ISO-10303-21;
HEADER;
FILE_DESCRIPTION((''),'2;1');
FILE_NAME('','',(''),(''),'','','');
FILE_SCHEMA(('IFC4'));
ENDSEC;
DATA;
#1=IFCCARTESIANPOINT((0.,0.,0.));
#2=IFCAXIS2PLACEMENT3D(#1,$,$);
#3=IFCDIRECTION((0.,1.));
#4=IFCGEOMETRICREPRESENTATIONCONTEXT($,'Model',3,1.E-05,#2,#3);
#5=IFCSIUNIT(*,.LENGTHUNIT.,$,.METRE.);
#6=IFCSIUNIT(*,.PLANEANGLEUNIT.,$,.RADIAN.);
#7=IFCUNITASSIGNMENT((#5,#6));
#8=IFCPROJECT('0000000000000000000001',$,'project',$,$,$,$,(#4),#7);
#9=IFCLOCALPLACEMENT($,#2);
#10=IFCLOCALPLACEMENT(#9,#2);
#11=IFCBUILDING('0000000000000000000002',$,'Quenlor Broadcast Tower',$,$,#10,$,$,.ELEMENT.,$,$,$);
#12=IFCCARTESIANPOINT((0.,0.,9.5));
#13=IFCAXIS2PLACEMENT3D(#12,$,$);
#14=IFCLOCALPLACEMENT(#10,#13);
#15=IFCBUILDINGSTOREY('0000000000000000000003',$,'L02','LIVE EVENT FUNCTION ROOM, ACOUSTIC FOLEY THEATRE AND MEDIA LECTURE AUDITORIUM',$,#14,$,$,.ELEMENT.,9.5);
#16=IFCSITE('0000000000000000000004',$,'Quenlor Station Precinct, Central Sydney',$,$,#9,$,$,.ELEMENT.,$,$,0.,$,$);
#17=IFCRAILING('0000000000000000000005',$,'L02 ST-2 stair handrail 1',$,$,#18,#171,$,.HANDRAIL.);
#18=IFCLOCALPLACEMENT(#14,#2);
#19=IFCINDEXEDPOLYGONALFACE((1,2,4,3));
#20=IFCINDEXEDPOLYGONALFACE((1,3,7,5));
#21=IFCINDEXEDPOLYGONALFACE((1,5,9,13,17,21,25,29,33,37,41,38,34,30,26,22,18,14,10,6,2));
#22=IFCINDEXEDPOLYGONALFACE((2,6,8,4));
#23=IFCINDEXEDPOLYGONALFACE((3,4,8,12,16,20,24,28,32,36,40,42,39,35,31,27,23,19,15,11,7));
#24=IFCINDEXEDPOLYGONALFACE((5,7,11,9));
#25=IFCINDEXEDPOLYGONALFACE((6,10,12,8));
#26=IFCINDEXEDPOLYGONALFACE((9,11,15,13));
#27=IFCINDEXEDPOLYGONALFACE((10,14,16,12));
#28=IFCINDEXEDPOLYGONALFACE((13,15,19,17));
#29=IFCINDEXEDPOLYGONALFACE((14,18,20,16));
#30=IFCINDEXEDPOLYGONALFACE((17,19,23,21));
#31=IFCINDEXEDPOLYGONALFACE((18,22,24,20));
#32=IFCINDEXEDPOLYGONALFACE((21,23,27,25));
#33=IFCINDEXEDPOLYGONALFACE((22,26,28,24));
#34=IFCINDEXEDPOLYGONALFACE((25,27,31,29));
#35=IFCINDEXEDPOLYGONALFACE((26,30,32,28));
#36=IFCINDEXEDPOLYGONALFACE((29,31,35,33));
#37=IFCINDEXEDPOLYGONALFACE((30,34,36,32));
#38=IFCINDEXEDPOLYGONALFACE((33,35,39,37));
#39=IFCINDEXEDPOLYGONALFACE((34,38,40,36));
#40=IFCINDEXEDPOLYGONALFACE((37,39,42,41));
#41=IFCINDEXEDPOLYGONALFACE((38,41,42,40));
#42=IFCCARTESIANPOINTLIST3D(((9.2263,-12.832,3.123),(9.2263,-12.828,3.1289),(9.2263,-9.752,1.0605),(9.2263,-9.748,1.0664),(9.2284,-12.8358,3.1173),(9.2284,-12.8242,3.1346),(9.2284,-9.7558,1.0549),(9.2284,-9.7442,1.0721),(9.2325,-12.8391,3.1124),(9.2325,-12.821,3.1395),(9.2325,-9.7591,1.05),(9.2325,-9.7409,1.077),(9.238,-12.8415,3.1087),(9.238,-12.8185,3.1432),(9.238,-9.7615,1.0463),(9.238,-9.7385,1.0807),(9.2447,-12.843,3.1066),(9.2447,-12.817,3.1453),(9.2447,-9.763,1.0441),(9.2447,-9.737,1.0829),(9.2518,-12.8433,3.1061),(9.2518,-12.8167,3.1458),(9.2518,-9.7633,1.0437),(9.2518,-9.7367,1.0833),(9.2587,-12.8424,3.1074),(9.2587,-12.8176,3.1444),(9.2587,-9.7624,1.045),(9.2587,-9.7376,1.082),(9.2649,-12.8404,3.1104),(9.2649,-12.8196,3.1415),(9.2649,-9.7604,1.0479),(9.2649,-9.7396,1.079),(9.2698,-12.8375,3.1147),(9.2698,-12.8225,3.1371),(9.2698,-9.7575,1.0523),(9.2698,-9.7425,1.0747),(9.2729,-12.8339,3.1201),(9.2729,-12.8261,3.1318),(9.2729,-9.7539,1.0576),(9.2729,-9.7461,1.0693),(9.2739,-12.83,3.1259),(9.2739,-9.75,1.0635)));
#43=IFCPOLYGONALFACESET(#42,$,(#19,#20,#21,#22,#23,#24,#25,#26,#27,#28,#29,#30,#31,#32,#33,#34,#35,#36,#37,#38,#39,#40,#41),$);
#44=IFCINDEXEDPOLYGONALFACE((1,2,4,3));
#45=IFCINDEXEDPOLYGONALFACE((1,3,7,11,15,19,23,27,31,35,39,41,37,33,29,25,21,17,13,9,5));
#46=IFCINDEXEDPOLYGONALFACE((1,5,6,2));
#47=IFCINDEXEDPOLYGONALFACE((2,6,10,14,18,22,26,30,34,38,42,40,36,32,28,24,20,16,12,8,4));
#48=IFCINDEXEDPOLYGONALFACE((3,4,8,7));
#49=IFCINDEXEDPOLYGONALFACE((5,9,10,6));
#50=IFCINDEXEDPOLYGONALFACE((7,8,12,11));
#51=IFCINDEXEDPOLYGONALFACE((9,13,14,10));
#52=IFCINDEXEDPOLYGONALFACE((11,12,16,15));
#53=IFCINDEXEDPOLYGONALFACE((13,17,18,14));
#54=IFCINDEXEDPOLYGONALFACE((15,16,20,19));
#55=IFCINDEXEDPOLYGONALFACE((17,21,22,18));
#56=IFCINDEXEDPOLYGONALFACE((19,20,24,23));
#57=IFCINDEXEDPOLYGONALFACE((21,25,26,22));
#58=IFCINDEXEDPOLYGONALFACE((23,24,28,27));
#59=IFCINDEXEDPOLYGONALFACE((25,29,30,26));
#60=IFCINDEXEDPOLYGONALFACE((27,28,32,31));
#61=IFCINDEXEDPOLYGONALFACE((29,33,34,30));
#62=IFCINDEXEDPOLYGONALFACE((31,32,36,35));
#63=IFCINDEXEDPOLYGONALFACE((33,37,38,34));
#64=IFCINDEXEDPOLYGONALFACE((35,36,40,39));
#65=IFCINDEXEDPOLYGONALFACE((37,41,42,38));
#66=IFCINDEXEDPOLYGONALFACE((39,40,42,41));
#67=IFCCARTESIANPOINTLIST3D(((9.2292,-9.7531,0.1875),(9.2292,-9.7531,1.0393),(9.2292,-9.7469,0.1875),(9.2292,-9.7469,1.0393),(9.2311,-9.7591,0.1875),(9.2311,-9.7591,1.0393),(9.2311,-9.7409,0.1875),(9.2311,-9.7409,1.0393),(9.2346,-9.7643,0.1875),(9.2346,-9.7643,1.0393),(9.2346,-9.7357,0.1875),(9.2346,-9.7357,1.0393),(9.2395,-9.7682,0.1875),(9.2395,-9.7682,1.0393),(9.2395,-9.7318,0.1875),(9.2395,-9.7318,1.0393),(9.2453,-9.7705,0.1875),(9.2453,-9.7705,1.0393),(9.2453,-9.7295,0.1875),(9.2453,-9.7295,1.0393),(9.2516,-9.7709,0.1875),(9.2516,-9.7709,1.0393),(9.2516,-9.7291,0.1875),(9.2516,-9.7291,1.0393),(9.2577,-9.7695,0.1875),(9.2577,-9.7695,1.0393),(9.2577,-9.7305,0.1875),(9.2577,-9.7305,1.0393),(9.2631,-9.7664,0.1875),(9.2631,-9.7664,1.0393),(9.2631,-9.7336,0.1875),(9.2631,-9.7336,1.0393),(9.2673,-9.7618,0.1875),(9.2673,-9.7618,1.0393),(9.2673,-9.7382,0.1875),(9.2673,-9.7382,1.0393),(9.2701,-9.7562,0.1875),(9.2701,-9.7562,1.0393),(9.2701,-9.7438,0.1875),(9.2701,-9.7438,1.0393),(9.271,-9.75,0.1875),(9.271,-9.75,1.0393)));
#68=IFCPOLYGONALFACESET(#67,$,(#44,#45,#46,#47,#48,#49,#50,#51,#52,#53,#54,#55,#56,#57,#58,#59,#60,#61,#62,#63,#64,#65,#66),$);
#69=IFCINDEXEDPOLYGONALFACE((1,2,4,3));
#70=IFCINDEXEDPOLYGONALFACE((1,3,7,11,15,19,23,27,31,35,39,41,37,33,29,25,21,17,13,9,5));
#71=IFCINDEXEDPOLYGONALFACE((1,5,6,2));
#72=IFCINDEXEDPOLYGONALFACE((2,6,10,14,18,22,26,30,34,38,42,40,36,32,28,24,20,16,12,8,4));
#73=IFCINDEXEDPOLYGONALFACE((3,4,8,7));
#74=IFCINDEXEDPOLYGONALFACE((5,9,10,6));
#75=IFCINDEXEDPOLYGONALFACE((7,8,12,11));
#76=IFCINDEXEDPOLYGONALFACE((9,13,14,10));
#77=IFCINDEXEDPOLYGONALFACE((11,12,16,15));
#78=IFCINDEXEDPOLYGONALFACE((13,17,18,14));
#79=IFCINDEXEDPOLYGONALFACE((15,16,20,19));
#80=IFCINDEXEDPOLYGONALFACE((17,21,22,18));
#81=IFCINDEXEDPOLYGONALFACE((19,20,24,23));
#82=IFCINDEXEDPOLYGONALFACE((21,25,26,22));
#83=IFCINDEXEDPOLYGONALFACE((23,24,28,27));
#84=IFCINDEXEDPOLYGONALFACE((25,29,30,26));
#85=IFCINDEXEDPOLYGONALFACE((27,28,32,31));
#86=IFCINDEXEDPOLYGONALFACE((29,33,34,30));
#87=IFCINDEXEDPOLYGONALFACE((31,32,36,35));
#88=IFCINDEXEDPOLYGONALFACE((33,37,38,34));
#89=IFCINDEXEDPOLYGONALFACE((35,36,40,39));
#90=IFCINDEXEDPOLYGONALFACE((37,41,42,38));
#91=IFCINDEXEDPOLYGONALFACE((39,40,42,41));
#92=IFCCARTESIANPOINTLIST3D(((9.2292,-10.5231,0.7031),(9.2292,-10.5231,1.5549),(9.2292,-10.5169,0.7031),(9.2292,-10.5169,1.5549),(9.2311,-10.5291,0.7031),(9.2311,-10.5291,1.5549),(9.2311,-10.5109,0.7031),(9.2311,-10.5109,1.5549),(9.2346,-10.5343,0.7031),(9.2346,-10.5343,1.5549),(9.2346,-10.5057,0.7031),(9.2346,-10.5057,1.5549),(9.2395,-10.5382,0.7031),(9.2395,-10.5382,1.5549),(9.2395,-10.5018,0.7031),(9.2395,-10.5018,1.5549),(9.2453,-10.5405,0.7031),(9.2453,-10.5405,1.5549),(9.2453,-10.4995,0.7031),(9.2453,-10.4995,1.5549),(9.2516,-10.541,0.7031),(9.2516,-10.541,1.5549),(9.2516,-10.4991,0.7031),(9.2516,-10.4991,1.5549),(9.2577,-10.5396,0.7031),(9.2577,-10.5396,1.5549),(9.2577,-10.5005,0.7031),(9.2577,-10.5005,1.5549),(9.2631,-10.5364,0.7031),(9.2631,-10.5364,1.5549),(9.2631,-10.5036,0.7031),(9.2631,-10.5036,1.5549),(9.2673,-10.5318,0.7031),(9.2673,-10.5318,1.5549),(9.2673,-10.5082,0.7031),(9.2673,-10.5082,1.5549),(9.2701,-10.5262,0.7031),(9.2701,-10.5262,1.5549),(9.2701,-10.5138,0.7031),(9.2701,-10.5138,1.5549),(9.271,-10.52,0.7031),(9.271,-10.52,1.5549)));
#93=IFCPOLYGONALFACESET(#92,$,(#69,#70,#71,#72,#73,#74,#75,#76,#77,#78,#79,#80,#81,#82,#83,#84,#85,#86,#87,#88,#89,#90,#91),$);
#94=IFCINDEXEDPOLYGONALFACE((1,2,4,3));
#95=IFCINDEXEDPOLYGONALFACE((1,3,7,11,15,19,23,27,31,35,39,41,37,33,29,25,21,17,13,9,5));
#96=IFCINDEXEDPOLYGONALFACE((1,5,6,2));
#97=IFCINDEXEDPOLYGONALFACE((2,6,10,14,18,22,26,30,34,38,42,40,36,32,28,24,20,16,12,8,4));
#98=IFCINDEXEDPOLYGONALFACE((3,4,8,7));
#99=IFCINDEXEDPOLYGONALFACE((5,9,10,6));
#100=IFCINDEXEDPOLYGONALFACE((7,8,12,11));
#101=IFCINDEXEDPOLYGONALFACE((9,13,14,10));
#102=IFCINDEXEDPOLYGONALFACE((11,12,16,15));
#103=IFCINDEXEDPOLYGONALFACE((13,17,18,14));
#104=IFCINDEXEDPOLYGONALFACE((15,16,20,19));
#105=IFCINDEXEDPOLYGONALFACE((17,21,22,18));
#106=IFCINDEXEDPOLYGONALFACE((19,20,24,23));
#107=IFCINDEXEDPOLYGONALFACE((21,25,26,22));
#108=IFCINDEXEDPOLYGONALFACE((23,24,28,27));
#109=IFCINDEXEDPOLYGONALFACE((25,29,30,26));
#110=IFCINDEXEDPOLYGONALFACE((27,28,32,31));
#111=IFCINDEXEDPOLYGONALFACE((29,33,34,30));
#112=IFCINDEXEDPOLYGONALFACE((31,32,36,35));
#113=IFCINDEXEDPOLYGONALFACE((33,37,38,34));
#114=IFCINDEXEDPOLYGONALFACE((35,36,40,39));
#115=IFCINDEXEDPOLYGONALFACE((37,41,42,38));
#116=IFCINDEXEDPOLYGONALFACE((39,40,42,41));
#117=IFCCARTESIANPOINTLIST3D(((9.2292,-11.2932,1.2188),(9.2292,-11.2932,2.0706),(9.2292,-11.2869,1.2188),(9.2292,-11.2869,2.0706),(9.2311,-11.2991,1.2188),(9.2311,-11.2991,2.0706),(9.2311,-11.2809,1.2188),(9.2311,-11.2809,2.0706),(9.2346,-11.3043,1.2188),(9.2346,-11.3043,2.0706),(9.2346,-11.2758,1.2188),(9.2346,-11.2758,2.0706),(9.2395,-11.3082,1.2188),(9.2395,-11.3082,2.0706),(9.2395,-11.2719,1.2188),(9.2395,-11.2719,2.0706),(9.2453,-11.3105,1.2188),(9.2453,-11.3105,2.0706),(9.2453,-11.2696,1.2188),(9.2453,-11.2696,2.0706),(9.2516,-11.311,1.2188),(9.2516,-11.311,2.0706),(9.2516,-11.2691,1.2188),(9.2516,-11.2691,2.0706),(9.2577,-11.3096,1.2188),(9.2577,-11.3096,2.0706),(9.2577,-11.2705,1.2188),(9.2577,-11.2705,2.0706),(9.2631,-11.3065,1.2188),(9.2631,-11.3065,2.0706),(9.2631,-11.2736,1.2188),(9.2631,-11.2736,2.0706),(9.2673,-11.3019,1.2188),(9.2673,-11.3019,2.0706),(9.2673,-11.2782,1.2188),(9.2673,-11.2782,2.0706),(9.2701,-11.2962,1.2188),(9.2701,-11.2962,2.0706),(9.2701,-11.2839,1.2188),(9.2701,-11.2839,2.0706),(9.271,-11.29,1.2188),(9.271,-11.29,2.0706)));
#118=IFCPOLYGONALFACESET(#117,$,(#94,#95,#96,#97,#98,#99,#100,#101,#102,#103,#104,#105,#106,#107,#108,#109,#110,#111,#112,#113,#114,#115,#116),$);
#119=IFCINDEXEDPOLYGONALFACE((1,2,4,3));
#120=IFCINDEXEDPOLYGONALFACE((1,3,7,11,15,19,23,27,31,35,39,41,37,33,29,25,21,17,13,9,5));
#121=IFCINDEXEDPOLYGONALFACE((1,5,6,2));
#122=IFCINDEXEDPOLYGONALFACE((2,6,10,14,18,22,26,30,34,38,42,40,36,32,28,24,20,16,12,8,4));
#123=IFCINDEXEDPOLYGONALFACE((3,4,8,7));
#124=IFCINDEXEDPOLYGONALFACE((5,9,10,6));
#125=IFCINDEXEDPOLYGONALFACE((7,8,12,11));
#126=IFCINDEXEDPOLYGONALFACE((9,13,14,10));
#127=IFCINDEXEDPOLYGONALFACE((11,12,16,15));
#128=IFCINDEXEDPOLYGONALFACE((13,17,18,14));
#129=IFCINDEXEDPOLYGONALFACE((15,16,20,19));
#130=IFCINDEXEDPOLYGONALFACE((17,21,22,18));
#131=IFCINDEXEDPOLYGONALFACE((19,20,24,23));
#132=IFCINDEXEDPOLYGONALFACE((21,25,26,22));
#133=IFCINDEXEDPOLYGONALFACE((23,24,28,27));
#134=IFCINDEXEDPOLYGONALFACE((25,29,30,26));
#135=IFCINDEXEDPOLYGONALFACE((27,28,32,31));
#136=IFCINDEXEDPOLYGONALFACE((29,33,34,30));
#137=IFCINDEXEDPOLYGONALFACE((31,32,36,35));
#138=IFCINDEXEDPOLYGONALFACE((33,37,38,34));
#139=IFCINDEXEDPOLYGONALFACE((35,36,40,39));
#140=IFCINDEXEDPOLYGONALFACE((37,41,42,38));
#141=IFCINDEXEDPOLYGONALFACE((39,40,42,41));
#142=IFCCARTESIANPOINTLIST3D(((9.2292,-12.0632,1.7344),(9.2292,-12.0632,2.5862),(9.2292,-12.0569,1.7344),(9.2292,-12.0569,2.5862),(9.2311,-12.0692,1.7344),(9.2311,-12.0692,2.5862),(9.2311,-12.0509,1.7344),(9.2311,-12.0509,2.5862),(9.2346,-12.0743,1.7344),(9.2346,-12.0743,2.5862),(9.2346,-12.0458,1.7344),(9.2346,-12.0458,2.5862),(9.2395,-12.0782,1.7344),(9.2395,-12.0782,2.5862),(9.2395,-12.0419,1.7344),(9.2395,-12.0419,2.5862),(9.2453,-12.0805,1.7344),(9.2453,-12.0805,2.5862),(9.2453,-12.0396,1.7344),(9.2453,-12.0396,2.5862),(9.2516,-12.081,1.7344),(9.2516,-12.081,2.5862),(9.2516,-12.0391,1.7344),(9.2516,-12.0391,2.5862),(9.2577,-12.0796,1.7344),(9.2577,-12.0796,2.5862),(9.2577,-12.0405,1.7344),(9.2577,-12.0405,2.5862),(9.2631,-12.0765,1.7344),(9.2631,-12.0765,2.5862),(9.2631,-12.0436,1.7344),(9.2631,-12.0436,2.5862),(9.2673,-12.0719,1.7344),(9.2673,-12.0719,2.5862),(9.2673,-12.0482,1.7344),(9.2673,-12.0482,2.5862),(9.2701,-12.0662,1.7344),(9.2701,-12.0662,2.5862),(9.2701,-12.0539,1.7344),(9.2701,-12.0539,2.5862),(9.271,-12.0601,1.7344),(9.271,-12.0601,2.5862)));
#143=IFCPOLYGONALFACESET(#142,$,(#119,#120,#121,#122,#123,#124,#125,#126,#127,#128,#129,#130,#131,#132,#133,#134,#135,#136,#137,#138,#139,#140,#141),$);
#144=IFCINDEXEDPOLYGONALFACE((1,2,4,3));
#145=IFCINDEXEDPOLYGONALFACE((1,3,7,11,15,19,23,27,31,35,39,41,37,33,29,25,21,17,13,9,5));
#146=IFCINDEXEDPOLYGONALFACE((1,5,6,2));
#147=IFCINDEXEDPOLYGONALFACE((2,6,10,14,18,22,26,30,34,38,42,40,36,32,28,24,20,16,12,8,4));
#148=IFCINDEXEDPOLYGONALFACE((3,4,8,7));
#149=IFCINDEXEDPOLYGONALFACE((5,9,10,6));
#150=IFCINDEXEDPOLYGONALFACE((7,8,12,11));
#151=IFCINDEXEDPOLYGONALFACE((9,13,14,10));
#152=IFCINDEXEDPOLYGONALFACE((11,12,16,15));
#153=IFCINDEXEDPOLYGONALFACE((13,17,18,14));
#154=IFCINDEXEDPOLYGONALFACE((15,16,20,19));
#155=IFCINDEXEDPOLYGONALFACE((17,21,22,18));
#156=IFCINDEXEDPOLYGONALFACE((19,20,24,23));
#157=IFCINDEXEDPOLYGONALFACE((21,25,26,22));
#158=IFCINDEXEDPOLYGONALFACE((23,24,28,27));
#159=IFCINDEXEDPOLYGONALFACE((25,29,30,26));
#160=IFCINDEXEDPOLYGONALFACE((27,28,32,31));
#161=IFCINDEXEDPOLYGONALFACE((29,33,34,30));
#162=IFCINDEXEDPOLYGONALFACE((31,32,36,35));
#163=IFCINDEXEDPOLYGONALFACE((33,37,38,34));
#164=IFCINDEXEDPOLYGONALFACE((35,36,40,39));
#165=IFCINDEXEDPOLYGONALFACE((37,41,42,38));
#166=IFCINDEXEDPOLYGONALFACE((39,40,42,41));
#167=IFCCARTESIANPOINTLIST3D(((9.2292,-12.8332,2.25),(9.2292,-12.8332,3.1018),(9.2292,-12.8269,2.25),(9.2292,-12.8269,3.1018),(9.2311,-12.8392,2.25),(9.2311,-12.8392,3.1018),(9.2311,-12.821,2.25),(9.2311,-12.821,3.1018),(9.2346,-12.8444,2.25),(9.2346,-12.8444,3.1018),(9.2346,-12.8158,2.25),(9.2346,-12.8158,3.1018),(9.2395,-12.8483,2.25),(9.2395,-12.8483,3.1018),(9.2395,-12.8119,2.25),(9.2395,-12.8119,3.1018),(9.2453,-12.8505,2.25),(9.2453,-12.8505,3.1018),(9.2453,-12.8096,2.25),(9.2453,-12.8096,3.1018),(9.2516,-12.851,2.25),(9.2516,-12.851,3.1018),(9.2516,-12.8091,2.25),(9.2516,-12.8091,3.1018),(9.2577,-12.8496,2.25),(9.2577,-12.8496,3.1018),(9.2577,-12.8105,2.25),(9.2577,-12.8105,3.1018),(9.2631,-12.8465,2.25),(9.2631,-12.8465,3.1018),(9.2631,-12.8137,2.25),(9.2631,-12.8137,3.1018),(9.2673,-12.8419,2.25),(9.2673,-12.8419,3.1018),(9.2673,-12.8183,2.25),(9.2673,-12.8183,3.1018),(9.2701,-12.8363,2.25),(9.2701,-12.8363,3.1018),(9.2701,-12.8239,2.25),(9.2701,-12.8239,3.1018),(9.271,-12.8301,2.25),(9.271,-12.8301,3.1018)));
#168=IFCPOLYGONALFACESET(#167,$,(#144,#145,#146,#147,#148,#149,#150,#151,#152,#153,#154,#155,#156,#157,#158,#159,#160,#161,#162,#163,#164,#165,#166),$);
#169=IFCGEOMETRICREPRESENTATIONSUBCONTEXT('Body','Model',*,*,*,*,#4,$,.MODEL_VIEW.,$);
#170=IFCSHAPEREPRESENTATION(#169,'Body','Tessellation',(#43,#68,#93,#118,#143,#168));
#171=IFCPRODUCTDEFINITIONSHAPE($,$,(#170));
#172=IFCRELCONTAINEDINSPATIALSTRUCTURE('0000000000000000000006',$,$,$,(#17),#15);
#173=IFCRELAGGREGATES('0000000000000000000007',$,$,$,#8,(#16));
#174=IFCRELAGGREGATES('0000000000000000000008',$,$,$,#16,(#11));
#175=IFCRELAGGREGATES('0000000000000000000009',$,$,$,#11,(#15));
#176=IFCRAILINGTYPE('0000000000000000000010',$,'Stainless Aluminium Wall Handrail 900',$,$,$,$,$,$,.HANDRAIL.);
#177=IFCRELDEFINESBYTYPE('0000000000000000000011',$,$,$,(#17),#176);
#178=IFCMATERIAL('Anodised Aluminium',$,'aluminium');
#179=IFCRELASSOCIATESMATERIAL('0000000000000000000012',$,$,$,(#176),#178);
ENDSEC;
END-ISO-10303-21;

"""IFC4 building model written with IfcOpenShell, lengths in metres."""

from ifc_helpers import new_model, si_unit, direction, frame, origin, origin_2d, place, context, subcontext, project, spatial, circle, extrude, material, type_object, element, save


model = new_model("IFC4")

# Units and contexts
model_context = context("Model", 3, precision=1e-05, world=origin(), true_north=direction((0.0, 1.0)))
body_context = subcontext(model_context, "Body", "Model", "MODEL_VIEW")
ifc_project = project(units=[si_unit("LENGTHUNIT", "METRE"), si_unit("PLANEANGLEUNIT", "RADIAN")], contexts=[model_context])

# Site, building, storey
site_placement = place(None, origin())
site = spatial("IfcSite", under=ifc_project, at=site_placement, Name="Quenlor Station Precinct, Central Sydney", CompositionType="ELEMENT", RefElevation=0.0)
building_placement = place(site_placement, origin())
building = spatial("IfcBuilding", under=site, at=building_placement, Name="Quenlor Broadcast Tower", CompositionType="ELEMENT")
storey_placement = place(building_placement, frame((0.0, 0.0, 9.5)))
storey = spatial("IfcBuildingStorey", under=building, at=storey_placement, Name="L02", Description="LIVE EVENT FUNCTION ROOM, ACOUSTIC FOLEY THEATRE AND MEDIA LECTURE AUDITORIUM", CompositionType="ELEMENT", Elevation=9.5)

# Railing
ifc_material_1 = material(Name="Anodised Aluminium", Category="aluminium")
railing_type = type_object("IfcRailingType", Name="Stainless Aluminium Wall Handrail 900", PredefinedType="HANDRAIL", material=ifc_material_1)
railing_placement = place(storey_placement, frame((9.25, -9.75, 0.1875)))
element("IfcRailing", 1, at=railing_placement, inside=storey, type_object=railing_type, Name="L02 ST-2 stair handrail 1", PredefinedType="HANDRAIL", context=body_context, shape_type="SweptSolid", body=[
    extrude(circle(Radius=0.0239, at=origin_2d()), frame((0.0, 0.0, 0.876), z_axis=(0.0, -0.830914, 0.556401), x_axis=(1.0, 0.0, 0.0)), (0.0, 0.0, 1.0), 3.7068),
    extrude(circle(Radius=0.021, at=origin_2d()), origin(), (0.0, 0.0, 1.0), 0.8518),
    extrude(circle(Radius=0.021, at=origin_2d()), frame((0.0, -0.77, 0.5156)), (0.0, 0.0, 1.0), 0.8518),
    extrude(circle(Radius=0.021, at=origin_2d()), frame((0.0, -1.54, 1.0312)), (0.0, 0.0, 1.0), 0.8518),
    extrude(circle(Radius=0.021, at=origin_2d()), frame((0.0, -2.3101, 1.5469)), (0.0, 0.0, 1.0), 0.8518),
    extrude(circle(Radius=0.021, at=origin_2d()), frame((0.0, -3.0801, 2.0625)), (0.0, 0.0, 1.0), 0.8518),
])

save(model, "model.ifc")
